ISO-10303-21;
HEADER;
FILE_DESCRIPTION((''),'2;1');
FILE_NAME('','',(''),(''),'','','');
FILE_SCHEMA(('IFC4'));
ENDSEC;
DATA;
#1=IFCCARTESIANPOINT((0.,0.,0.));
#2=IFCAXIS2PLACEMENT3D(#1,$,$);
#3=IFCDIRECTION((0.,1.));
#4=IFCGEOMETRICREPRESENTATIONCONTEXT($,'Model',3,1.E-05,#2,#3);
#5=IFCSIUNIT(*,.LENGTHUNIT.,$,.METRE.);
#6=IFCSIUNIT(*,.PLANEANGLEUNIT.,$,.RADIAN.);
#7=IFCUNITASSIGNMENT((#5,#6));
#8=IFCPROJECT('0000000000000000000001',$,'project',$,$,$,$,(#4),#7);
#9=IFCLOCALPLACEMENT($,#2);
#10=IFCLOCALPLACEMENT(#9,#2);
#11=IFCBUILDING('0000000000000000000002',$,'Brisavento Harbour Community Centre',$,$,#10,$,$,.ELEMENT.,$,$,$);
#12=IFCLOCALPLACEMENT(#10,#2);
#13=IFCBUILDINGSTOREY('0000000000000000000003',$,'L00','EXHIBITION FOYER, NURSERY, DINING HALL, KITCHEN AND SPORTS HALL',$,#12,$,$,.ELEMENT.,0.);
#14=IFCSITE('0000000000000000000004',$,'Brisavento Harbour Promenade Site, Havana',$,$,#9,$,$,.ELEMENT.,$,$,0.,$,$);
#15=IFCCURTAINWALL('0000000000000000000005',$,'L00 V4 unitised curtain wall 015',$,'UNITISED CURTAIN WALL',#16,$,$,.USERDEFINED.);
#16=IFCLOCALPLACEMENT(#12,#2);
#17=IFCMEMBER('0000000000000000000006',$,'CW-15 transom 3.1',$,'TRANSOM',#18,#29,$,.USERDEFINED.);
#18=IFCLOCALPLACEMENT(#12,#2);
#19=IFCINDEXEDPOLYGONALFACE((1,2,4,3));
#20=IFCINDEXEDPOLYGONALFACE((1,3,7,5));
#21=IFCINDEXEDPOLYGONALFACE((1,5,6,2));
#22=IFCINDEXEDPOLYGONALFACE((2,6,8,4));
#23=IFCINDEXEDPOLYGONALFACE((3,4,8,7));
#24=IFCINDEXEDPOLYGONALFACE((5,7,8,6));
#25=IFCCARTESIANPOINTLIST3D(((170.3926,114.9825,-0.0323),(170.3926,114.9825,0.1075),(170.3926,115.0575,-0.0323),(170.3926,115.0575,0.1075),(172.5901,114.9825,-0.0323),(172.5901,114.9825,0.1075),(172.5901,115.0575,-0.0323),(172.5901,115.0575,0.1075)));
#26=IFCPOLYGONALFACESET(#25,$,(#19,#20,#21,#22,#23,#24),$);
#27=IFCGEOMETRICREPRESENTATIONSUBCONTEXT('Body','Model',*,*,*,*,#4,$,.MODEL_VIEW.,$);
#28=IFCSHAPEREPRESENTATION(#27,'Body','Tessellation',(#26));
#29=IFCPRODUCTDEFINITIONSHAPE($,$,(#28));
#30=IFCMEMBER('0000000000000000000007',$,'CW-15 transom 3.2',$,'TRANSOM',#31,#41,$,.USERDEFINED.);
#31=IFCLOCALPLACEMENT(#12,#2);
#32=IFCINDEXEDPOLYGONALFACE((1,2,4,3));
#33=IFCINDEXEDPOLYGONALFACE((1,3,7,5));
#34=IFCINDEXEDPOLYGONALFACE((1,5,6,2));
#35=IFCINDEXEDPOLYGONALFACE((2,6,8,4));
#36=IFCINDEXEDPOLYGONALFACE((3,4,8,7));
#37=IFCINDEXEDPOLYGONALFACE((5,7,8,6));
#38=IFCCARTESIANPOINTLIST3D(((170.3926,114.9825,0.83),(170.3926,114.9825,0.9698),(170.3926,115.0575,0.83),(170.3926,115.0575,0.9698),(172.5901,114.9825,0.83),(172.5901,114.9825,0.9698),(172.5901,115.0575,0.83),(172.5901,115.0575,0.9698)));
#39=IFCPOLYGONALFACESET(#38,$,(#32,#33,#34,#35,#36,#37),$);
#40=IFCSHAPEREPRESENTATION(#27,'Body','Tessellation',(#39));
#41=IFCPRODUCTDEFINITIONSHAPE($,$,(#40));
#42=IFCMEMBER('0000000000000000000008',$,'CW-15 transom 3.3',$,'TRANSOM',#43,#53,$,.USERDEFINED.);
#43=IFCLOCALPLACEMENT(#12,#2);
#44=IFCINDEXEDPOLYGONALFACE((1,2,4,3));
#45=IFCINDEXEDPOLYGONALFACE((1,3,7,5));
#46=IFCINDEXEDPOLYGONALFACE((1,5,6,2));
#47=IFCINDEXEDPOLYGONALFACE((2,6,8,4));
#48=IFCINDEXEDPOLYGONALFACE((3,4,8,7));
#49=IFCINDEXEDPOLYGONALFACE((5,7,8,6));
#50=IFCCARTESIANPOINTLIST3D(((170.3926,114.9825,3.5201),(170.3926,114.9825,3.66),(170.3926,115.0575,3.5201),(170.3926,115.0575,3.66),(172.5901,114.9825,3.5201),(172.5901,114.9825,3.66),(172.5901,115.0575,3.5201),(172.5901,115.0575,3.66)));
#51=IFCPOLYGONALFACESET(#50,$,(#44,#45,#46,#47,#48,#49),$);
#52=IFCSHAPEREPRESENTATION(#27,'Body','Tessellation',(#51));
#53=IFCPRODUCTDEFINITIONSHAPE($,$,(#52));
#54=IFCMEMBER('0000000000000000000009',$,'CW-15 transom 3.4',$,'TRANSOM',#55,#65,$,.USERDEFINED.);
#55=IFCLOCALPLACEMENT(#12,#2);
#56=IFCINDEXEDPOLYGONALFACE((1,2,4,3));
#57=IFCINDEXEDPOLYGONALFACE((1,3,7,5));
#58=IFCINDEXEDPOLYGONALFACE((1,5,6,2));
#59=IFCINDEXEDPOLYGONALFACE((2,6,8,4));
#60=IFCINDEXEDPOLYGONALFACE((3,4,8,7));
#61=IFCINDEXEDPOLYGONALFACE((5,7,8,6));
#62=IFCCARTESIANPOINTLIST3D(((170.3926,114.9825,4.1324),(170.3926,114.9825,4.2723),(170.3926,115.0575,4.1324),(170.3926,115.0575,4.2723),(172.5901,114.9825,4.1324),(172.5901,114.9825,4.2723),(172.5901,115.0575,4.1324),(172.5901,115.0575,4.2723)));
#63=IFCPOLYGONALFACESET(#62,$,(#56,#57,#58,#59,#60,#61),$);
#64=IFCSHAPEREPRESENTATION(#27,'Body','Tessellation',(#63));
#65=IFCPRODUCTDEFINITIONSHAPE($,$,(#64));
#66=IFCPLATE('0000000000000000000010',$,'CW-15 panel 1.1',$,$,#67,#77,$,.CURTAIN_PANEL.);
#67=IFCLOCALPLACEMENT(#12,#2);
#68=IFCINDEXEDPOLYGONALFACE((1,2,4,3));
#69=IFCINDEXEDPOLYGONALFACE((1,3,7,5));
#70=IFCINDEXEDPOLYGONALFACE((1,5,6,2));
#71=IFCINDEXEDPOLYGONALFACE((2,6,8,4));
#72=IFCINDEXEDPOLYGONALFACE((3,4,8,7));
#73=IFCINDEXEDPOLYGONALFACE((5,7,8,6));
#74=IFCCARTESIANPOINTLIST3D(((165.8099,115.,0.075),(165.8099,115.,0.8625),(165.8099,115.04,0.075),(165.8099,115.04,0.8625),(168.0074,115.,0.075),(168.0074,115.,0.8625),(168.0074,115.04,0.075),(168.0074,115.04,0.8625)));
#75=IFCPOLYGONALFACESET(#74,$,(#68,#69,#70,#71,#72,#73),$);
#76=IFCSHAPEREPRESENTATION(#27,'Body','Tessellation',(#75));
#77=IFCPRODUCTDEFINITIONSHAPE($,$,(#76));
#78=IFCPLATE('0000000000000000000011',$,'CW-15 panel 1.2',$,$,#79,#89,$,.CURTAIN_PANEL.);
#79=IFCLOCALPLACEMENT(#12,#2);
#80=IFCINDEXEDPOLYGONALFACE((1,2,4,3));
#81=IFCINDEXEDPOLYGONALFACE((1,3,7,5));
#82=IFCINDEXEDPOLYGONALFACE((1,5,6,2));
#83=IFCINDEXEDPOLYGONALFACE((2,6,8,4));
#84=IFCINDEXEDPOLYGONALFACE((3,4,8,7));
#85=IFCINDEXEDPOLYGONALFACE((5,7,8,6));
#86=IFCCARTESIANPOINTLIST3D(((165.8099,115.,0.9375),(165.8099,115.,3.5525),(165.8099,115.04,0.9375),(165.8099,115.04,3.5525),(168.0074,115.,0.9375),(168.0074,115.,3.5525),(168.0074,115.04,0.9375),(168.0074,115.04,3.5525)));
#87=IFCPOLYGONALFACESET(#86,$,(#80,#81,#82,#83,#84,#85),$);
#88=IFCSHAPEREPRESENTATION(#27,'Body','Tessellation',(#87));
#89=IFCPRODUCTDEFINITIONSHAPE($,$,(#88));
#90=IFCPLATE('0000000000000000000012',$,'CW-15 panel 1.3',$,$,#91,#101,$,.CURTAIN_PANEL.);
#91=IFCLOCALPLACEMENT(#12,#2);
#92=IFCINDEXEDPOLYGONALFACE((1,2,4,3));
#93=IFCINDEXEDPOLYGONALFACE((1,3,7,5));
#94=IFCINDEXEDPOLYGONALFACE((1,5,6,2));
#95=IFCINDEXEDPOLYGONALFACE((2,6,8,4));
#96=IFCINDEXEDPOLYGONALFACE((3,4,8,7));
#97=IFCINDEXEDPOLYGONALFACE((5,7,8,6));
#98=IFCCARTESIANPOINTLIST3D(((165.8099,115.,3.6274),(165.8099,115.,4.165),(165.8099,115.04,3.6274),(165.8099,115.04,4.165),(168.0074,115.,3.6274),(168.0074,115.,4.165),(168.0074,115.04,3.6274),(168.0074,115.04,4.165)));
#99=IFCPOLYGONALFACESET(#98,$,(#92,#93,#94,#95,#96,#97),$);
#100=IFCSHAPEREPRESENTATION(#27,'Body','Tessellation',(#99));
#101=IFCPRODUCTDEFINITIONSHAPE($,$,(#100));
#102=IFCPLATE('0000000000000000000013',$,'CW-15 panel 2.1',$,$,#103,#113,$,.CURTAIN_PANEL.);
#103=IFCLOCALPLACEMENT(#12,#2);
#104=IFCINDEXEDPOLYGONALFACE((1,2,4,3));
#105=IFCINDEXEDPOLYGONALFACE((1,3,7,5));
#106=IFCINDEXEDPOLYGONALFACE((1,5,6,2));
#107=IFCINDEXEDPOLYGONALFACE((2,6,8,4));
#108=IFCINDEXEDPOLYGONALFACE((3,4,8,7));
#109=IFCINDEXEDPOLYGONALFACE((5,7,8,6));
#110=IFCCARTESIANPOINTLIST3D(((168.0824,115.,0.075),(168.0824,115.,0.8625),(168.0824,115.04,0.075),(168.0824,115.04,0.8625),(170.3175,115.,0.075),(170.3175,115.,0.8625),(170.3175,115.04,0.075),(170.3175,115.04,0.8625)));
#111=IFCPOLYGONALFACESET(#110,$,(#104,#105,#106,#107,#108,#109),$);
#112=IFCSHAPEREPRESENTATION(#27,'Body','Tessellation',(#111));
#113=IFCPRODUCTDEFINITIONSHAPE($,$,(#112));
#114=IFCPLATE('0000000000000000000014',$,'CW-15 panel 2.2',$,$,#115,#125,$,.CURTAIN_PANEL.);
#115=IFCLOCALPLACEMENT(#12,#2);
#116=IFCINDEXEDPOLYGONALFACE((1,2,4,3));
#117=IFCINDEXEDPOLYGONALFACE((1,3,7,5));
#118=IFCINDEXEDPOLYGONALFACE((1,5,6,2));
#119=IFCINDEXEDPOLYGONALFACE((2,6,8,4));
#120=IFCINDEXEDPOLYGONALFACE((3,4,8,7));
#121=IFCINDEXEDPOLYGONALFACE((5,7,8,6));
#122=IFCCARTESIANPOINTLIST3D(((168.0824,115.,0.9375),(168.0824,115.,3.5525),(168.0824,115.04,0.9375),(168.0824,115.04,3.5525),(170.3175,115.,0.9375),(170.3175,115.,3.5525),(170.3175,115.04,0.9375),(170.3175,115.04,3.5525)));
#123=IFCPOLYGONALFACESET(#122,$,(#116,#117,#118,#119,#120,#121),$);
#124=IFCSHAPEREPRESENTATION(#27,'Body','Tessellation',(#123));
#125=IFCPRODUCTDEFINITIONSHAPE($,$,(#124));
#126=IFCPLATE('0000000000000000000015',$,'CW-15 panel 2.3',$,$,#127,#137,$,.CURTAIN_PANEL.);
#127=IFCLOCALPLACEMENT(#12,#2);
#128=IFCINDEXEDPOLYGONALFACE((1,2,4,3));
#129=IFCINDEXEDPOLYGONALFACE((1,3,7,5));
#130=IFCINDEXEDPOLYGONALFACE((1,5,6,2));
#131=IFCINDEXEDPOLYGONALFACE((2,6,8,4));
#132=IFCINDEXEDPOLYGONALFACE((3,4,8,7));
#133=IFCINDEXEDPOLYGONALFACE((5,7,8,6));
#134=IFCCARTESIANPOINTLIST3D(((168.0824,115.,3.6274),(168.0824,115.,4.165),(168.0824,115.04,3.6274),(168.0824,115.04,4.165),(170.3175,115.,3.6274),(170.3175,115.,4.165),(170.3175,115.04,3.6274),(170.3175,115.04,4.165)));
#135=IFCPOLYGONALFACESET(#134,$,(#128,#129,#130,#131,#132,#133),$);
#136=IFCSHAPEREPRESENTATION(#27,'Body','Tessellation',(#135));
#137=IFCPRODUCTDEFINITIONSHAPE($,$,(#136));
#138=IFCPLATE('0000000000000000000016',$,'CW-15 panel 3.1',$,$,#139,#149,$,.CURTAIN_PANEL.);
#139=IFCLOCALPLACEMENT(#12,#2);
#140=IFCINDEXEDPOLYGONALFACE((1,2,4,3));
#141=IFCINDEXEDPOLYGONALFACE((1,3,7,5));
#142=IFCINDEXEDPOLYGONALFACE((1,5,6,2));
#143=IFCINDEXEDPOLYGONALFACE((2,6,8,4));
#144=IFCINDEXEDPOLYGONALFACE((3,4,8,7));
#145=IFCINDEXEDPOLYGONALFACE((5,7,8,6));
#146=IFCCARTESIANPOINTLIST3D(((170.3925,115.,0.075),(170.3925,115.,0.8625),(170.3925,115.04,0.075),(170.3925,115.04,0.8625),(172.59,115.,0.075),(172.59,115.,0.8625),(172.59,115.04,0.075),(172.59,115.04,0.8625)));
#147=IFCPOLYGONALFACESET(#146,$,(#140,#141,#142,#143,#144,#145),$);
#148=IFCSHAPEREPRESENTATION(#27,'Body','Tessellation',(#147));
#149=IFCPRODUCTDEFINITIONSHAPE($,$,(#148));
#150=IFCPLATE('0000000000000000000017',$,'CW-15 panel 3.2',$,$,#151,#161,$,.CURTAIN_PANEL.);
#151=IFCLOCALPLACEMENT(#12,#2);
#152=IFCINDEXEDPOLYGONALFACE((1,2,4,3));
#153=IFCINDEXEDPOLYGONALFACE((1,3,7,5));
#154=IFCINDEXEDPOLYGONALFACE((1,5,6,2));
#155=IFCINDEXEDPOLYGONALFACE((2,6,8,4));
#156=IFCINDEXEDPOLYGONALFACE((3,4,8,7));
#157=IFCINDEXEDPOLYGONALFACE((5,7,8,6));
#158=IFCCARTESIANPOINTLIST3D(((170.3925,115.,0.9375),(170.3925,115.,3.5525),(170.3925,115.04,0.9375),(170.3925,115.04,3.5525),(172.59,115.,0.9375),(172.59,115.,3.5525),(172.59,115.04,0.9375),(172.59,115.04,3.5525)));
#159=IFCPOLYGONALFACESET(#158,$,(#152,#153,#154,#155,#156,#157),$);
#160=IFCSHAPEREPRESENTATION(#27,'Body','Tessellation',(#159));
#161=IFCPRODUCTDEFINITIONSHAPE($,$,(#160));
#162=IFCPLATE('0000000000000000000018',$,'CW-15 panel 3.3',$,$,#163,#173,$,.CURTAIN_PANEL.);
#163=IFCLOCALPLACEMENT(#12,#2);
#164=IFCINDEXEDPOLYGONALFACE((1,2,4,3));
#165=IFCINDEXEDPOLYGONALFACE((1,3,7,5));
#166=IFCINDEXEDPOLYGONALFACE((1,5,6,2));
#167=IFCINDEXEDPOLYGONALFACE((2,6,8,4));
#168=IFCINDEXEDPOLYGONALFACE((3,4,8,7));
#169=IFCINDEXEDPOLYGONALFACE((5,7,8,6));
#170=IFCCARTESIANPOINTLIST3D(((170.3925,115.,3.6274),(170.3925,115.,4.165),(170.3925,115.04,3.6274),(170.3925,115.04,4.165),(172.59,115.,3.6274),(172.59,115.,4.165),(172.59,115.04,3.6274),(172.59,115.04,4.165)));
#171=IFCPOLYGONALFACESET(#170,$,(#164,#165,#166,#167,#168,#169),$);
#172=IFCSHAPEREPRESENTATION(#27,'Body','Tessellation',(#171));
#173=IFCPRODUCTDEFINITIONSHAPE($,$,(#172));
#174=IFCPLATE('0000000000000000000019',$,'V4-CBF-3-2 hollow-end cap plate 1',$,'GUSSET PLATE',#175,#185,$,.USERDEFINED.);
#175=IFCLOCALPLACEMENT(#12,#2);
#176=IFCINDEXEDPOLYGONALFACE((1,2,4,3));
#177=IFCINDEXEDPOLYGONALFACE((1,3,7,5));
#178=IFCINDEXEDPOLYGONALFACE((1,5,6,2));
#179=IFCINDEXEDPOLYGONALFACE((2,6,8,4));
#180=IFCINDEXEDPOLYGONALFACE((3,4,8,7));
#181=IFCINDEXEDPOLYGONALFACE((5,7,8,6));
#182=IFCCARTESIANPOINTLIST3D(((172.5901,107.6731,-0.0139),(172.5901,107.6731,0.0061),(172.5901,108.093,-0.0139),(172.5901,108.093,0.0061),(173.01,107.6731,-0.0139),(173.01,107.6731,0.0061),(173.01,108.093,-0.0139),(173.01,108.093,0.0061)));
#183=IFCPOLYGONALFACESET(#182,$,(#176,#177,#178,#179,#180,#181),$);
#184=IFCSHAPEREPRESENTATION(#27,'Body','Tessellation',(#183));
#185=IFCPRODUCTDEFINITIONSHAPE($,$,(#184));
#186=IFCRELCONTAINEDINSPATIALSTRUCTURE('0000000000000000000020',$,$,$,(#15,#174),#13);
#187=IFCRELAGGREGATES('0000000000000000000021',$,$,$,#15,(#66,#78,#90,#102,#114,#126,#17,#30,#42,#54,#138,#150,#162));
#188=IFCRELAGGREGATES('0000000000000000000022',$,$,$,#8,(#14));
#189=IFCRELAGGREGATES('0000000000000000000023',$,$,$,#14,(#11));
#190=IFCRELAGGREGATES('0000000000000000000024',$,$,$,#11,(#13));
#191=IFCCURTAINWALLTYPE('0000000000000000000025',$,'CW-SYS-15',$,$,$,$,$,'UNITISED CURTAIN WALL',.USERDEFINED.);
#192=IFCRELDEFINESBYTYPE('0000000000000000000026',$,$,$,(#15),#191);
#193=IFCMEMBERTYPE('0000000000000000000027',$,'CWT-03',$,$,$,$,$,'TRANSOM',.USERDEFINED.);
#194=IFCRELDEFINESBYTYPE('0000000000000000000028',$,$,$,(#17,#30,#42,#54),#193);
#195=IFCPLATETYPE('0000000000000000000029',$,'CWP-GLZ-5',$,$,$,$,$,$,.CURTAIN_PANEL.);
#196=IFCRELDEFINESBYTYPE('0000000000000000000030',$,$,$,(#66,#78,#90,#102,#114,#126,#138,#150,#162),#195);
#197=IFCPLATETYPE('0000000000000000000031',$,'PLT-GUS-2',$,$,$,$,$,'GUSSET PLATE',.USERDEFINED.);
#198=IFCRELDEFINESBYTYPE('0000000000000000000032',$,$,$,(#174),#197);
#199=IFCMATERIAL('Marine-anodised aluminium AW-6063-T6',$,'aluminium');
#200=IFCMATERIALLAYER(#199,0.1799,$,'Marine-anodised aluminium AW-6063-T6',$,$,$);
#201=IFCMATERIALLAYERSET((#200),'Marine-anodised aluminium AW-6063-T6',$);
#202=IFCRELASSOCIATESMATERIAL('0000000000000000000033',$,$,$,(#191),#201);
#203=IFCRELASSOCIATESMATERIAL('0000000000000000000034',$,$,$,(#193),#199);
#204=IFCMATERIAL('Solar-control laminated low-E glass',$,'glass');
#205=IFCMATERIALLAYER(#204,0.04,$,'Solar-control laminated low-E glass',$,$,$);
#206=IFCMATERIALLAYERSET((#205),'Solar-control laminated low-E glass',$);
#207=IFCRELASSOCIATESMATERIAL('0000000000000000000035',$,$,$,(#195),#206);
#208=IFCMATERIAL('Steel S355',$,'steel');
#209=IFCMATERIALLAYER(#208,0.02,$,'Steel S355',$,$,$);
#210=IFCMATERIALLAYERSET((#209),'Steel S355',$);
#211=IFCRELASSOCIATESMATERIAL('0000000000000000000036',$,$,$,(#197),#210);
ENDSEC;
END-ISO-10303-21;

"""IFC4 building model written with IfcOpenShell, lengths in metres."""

from ifc_helpers import new_model, si_unit, direction, frame, origin, origin_2d, place, context, subcontext, project, spatial, rectangle, extrude, material, layer, layer_set, material_profile, profile_set, type_object, element, aggregate, save


model = new_model("IFC4")

# Units and contexts
model_context = context("Model", 3, precision=1e-05, world=origin(), true_north=direction((0.0, 1.0)))
body_context = subcontext(model_context, "Body", "Model", "MODEL_VIEW")
ifc_project = project(units=[si_unit("LENGTHUNIT", "METRE"), si_unit("PLANEANGLEUNIT", "RADIAN")], contexts=[model_context])

# Site, building, storey
site_placement = place(None, origin())
site = spatial("IfcSite", under=ifc_project, at=site_placement, Name="Brisavento Harbour Promenade Site, Havana", CompositionType="ELEMENT", RefElevation=0.0)
building_placement = place(site_placement, origin())
building = spatial("IfcBuilding", under=site, at=building_placement, Name="Brisavento Harbour Community Centre", CompositionType="ELEMENT")
storey_placement = place(building_placement, origin())
storey = spatial("IfcBuildingStorey", under=building, at=storey_placement, Name="L00", Description="EXHIBITION FOYER, NURSERY, DINING HALL, KITCHEN AND SPORTS HALL", CompositionType="ELEMENT", Elevation=0.0)

# Shared definitions
ifc_material_1 = material(Name="Steel S355", Category="steel")

# Curtain wall, members, plates
ifc_material_2 = material(Name="Marine-anodised aluminium AW-6063-T6", Category="aluminium")
ifc_layer_1 = layer(ifc_material_2, 0.1799, Name="Marine-anodised aluminium AW-6063-T6")
ifc_layer_set_1 = layer_set([ifc_layer_1], Name="Marine-anodised aluminium AW-6063-T6")
curtain_wall_type = type_object("IfcCurtainWallType", Name="CW-SYS-15", ElementType="UNITISED CURTAIN WALL", PredefinedType="USERDEFINED", material=ifc_layer_set_1)
curtain_wall_placement = place(storey_placement, origin())
curtain_wall = element("IfcCurtainWall", 1, at=curtain_wall_placement, inside=storey, type_object=curtain_wall_type, Name="L00 V4 unitised curtain wall 015", ObjectType="UNITISED CURTAIN WALL", PredefinedType="USERDEFINED")
ifc_material_profile_1 = material_profile(ifc_material_2, rectangle(XDim=0.075, YDim=0.1399, at=origin_2d()), Name="Marine-anodised aluminium AW-6063-T6")
ifc_profile_set_1 = profile_set([ifc_material_profile_1], Name="Marine-anodised aluminium AW-6063-T6")
member_type_1 = type_object("IfcMemberType", Name="CWT-03", ElementType="TRANSOM", PredefinedType="USERDEFINED", material=ifc_profile_set_1)
member_1_placement = place(storey_placement, frame((170.3926, 115.02, 0.0376), z_axis=(1.0, 0.0, 0.0), x_axis=(0.0, 1.0, 0.0)))
member_1 = element("IfcMember", 2, at=member_1_placement, type_object=member_type_1, Name="CW-15 transom 3.1", ObjectType="TRANSOM", PredefinedType="USERDEFINED", context=body_context, shape_type="SweptSolid", body=[
    extrude(rectangle(XDim=0.075, YDim=0.1399, at=origin_2d()), origin(), (0.0, 0.0, 1.0), 2.1975),
])
member_2_placement = place(storey_placement, frame((170.3926, 115.02, 0.8999), z_axis=(1.0, 0.0, 0.0), x_axis=(0.0, 1.0, 0.0)))
member_2 = element("IfcMember", 3, at=member_2_placement, type_object=member_type_1, Name="CW-15 transom 3.2", ObjectType="TRANSOM", PredefinedType="USERDEFINED", context=body_context, shape_type="SweptSolid", body=[
    extrude(rectangle(XDim=0.075, YDim=0.1399, at=origin_2d()), origin(), (0.0, 0.0, 1.0), 2.1975),
])
member_3_placement = place(storey_placement, frame((170.3926, 115.02, 3.5901), z_axis=(1.0, 0.0, 0.0), x_axis=(0.0, 1.0, 0.0)))
member_3 = element("IfcMember", 4, at=member_3_placement, type_object=member_type_1, Name="CW-15 transom 3.3", ObjectType="TRANSOM", PredefinedType="USERDEFINED", context=body_context, shape_type="SweptSolid", body=[
    extrude(rectangle(XDim=0.075, YDim=0.1399, at=origin_2d()), origin(), (0.0, 0.0, 1.0), 2.1975),
])
member_4_placement = place(storey_placement, frame((170.3926, 115.02, 4.2024), z_axis=(1.0, 0.0, 0.0), x_axis=(0.0, 1.0, 0.0)))
member_4 = element("IfcMember", 5, at=member_4_placement, type_object=member_type_1, Name="CW-15 transom 3.4", ObjectType="TRANSOM", PredefinedType="USERDEFINED", context=body_context, shape_type="SweptSolid", body=[
    extrude(rectangle(XDim=0.075, YDim=0.1399, at=origin_2d()), origin(), (0.0, 0.0, 1.0), 2.1975),
])
ifc_material_3 = material(Name="Solar-control laminated low-E glass", Category="glass")
ifc_layer_2 = layer(ifc_material_3, 0.04, Name="Solar-control laminated low-E glass")
ifc_layer_set_2 = layer_set([ifc_layer_2], Name="Solar-control laminated low-E glass")
plate_type_1 = type_object("IfcPlateType", Name="CWP-GLZ-5", PredefinedType="CURTAIN_PANEL", material=ifc_layer_set_2)
plate_1_placement = place(storey_placement, frame((166.9087, 115.02, 0.075), z_axis=(0.0, 0.0, 1.0), x_axis=(1.0, 0.0, 0.0)))
plate_1 = element("IfcPlate", 6, at=plate_1_placement, type_object=plate_type_1, Name="CW-15 panel 1.1", PredefinedType="CURTAIN_PANEL", context=body_context, shape_type="SweptSolid", body=[
    extrude(rectangle(XDim=2.1975, YDim=0.04, at=origin_2d()), origin(), (0.0, 0.0, 1.0), 0.7876),
])
plate_2_placement = place(storey_placement, frame((166.9087, 115.02, 0.9375), z_axis=(0.0, 0.0, 1.0), x_axis=(1.0, 0.0, 0.0)))
plate_2 = element("IfcPlate", 7, at=plate_2_placement, type_object=plate_type_1, Name="CW-15 panel 1.2", PredefinedType="CURTAIN_PANEL", context=body_context, shape_type="SweptSolid", body=[
    extrude(rectangle(XDim=2.1975, YDim=0.04, at=origin_2d()), origin(), (0.0, 0.0, 1.0), 2.615),
])
plate_3_placement = place(storey_placement, frame((166.9087, 115.02, 3.6274), z_axis=(0.0, 0.0, 1.0), x_axis=(1.0, 0.0, 0.0)))
plate_3 = element("IfcPlate", 8, at=plate_3_placement, type_object=plate_type_1, Name="CW-15 panel 1.3", PredefinedType="CURTAIN_PANEL", context=body_context, shape_type="SweptSolid", body=[
    extrude(rectangle(XDim=2.1975, YDim=0.04, at=origin_2d()), origin(), (0.0, 0.0, 1.0), 0.5376),
])
plate_4_placement = place(storey_placement, frame((169.2, 115.02, 0.075), z_axis=(0.0, 0.0, 1.0), x_axis=(1.0, 0.0, 0.0)))
plate_4 = element("IfcPlate", 9, at=plate_4_placement, type_object=plate_type_1, Name="CW-15 panel 2.1", PredefinedType="CURTAIN_PANEL", context=body_context, shape_type="SweptSolid", body=[
    extrude(rectangle(XDim=2.2351, YDim=0.04, at=origin_2d()), origin(), (0.0, 0.0, 1.0), 0.7876),
])
plate_5_placement = place(storey_placement, frame((169.2, 115.02, 0.9375), z_axis=(0.0, 0.0, 1.0), x_axis=(1.0, 0.0, 0.0)))
plate_5 = element("IfcPlate", 10, at=plate_5_placement, type_object=plate_type_1, Name="CW-15 panel 2.2", PredefinedType="CURTAIN_PANEL", context=body_context, shape_type="SweptSolid", body=[
    extrude(rectangle(XDim=2.2351, YDim=0.04, at=origin_2d()), origin(), (0.0, 0.0, 1.0), 2.615),
])
plate_6_placement = place(storey_placement, frame((169.2, 115.02, 3.6274), z_axis=(0.0, 0.0, 1.0), x_axis=(1.0, 0.0, 0.0)))
plate_6 = element("IfcPlate", 11, at=plate_6_placement, type_object=plate_type_1, Name="CW-15 panel 2.3", PredefinedType="CURTAIN_PANEL", context=body_context, shape_type="SweptSolid", body=[
    extrude(rectangle(XDim=2.2351, YDim=0.04, at=origin_2d()), origin(), (0.0, 0.0, 1.0), 0.5376),
])
plate_7_placement = place(storey_placement, frame((171.4912, 115.02, 0.075), z_axis=(0.0, 0.0, 1.0), x_axis=(1.0, 0.0, 0.0)))
plate_7 = element("IfcPlate", 12, at=plate_7_placement, type_object=plate_type_1, Name="CW-15 panel 3.1", PredefinedType="CURTAIN_PANEL", context=body_context, shape_type="SweptSolid", body=[
    extrude(rectangle(XDim=2.1975, YDim=0.04, at=origin_2d()), origin(), (0.0, 0.0, 1.0), 0.7876),
])
plate_8_placement = place(storey_placement, frame((171.4912, 115.02, 0.9375), z_axis=(0.0, 0.0, 1.0), x_axis=(1.0, 0.0, 0.0)))
plate_8 = element("IfcPlate", 13, at=plate_8_placement, type_object=plate_type_1, Name="CW-15 panel 3.2", PredefinedType="CURTAIN_PANEL", context=body_context, shape_type="SweptSolid", body=[
    extrude(rectangle(XDim=2.1975, YDim=0.04, at=origin_2d()), origin(), (0.0, 0.0, 1.0), 2.615),
])
plate_9_placement = place(storey_placement, frame((171.4912, 115.02, 3.6274), z_axis=(0.0, 0.0, 1.0), x_axis=(1.0, 0.0, 0.0)))
plate_9 = element("IfcPlate", 14, at=plate_9_placement, type_object=plate_type_1, Name="CW-15 panel 3.3", PredefinedType="CURTAIN_PANEL", context=body_context, shape_type="SweptSolid", body=[
    extrude(rectangle(XDim=2.1975, YDim=0.04, at=origin_2d()), origin(), (0.0, 0.0, 1.0), 0.5376),
])
aggregate(curtain_wall, [plate_1, plate_2, plate_3, plate_4, plate_5, plate_6, member_1, member_2, member_3, member_4, plate_7, plate_8, plate_9])

# Plate
ifc_layer_3 = layer(ifc_material_1, 0.02, Name="Steel S355")
ifc_layer_set_3 = layer_set([ifc_layer_3], Name="Steel S355")
plate_type_2 = type_object("IfcPlateType", Name="PLT-GUS-2", ElementType="GUSSET PLATE", PredefinedType="USERDEFINED", material=ifc_layer_set_3)
plate_10_placement = place(storey_placement, frame((172.8, 107.8831, -0.0139), z_axis=(0.0, 0.0, 1.0), x_axis=(0.0, -1.0, 0.0)))
element("IfcPlate", 15, at=plate_10_placement, inside=storey, type_object=plate_type_2, Name="V4-CBF-3-2 hollow-end cap plate 1", ObjectType="GUSSET PLATE", PredefinedType="USERDEFINED", context=body_context, shape_type="SweptSolid", body=[
    extrude(rectangle(XDim=0.4199, YDim=0.4199, at=origin_2d()), origin(), (0.0, 0.0, 1.0), 0.02),
])

save(model, "model.ifc")
